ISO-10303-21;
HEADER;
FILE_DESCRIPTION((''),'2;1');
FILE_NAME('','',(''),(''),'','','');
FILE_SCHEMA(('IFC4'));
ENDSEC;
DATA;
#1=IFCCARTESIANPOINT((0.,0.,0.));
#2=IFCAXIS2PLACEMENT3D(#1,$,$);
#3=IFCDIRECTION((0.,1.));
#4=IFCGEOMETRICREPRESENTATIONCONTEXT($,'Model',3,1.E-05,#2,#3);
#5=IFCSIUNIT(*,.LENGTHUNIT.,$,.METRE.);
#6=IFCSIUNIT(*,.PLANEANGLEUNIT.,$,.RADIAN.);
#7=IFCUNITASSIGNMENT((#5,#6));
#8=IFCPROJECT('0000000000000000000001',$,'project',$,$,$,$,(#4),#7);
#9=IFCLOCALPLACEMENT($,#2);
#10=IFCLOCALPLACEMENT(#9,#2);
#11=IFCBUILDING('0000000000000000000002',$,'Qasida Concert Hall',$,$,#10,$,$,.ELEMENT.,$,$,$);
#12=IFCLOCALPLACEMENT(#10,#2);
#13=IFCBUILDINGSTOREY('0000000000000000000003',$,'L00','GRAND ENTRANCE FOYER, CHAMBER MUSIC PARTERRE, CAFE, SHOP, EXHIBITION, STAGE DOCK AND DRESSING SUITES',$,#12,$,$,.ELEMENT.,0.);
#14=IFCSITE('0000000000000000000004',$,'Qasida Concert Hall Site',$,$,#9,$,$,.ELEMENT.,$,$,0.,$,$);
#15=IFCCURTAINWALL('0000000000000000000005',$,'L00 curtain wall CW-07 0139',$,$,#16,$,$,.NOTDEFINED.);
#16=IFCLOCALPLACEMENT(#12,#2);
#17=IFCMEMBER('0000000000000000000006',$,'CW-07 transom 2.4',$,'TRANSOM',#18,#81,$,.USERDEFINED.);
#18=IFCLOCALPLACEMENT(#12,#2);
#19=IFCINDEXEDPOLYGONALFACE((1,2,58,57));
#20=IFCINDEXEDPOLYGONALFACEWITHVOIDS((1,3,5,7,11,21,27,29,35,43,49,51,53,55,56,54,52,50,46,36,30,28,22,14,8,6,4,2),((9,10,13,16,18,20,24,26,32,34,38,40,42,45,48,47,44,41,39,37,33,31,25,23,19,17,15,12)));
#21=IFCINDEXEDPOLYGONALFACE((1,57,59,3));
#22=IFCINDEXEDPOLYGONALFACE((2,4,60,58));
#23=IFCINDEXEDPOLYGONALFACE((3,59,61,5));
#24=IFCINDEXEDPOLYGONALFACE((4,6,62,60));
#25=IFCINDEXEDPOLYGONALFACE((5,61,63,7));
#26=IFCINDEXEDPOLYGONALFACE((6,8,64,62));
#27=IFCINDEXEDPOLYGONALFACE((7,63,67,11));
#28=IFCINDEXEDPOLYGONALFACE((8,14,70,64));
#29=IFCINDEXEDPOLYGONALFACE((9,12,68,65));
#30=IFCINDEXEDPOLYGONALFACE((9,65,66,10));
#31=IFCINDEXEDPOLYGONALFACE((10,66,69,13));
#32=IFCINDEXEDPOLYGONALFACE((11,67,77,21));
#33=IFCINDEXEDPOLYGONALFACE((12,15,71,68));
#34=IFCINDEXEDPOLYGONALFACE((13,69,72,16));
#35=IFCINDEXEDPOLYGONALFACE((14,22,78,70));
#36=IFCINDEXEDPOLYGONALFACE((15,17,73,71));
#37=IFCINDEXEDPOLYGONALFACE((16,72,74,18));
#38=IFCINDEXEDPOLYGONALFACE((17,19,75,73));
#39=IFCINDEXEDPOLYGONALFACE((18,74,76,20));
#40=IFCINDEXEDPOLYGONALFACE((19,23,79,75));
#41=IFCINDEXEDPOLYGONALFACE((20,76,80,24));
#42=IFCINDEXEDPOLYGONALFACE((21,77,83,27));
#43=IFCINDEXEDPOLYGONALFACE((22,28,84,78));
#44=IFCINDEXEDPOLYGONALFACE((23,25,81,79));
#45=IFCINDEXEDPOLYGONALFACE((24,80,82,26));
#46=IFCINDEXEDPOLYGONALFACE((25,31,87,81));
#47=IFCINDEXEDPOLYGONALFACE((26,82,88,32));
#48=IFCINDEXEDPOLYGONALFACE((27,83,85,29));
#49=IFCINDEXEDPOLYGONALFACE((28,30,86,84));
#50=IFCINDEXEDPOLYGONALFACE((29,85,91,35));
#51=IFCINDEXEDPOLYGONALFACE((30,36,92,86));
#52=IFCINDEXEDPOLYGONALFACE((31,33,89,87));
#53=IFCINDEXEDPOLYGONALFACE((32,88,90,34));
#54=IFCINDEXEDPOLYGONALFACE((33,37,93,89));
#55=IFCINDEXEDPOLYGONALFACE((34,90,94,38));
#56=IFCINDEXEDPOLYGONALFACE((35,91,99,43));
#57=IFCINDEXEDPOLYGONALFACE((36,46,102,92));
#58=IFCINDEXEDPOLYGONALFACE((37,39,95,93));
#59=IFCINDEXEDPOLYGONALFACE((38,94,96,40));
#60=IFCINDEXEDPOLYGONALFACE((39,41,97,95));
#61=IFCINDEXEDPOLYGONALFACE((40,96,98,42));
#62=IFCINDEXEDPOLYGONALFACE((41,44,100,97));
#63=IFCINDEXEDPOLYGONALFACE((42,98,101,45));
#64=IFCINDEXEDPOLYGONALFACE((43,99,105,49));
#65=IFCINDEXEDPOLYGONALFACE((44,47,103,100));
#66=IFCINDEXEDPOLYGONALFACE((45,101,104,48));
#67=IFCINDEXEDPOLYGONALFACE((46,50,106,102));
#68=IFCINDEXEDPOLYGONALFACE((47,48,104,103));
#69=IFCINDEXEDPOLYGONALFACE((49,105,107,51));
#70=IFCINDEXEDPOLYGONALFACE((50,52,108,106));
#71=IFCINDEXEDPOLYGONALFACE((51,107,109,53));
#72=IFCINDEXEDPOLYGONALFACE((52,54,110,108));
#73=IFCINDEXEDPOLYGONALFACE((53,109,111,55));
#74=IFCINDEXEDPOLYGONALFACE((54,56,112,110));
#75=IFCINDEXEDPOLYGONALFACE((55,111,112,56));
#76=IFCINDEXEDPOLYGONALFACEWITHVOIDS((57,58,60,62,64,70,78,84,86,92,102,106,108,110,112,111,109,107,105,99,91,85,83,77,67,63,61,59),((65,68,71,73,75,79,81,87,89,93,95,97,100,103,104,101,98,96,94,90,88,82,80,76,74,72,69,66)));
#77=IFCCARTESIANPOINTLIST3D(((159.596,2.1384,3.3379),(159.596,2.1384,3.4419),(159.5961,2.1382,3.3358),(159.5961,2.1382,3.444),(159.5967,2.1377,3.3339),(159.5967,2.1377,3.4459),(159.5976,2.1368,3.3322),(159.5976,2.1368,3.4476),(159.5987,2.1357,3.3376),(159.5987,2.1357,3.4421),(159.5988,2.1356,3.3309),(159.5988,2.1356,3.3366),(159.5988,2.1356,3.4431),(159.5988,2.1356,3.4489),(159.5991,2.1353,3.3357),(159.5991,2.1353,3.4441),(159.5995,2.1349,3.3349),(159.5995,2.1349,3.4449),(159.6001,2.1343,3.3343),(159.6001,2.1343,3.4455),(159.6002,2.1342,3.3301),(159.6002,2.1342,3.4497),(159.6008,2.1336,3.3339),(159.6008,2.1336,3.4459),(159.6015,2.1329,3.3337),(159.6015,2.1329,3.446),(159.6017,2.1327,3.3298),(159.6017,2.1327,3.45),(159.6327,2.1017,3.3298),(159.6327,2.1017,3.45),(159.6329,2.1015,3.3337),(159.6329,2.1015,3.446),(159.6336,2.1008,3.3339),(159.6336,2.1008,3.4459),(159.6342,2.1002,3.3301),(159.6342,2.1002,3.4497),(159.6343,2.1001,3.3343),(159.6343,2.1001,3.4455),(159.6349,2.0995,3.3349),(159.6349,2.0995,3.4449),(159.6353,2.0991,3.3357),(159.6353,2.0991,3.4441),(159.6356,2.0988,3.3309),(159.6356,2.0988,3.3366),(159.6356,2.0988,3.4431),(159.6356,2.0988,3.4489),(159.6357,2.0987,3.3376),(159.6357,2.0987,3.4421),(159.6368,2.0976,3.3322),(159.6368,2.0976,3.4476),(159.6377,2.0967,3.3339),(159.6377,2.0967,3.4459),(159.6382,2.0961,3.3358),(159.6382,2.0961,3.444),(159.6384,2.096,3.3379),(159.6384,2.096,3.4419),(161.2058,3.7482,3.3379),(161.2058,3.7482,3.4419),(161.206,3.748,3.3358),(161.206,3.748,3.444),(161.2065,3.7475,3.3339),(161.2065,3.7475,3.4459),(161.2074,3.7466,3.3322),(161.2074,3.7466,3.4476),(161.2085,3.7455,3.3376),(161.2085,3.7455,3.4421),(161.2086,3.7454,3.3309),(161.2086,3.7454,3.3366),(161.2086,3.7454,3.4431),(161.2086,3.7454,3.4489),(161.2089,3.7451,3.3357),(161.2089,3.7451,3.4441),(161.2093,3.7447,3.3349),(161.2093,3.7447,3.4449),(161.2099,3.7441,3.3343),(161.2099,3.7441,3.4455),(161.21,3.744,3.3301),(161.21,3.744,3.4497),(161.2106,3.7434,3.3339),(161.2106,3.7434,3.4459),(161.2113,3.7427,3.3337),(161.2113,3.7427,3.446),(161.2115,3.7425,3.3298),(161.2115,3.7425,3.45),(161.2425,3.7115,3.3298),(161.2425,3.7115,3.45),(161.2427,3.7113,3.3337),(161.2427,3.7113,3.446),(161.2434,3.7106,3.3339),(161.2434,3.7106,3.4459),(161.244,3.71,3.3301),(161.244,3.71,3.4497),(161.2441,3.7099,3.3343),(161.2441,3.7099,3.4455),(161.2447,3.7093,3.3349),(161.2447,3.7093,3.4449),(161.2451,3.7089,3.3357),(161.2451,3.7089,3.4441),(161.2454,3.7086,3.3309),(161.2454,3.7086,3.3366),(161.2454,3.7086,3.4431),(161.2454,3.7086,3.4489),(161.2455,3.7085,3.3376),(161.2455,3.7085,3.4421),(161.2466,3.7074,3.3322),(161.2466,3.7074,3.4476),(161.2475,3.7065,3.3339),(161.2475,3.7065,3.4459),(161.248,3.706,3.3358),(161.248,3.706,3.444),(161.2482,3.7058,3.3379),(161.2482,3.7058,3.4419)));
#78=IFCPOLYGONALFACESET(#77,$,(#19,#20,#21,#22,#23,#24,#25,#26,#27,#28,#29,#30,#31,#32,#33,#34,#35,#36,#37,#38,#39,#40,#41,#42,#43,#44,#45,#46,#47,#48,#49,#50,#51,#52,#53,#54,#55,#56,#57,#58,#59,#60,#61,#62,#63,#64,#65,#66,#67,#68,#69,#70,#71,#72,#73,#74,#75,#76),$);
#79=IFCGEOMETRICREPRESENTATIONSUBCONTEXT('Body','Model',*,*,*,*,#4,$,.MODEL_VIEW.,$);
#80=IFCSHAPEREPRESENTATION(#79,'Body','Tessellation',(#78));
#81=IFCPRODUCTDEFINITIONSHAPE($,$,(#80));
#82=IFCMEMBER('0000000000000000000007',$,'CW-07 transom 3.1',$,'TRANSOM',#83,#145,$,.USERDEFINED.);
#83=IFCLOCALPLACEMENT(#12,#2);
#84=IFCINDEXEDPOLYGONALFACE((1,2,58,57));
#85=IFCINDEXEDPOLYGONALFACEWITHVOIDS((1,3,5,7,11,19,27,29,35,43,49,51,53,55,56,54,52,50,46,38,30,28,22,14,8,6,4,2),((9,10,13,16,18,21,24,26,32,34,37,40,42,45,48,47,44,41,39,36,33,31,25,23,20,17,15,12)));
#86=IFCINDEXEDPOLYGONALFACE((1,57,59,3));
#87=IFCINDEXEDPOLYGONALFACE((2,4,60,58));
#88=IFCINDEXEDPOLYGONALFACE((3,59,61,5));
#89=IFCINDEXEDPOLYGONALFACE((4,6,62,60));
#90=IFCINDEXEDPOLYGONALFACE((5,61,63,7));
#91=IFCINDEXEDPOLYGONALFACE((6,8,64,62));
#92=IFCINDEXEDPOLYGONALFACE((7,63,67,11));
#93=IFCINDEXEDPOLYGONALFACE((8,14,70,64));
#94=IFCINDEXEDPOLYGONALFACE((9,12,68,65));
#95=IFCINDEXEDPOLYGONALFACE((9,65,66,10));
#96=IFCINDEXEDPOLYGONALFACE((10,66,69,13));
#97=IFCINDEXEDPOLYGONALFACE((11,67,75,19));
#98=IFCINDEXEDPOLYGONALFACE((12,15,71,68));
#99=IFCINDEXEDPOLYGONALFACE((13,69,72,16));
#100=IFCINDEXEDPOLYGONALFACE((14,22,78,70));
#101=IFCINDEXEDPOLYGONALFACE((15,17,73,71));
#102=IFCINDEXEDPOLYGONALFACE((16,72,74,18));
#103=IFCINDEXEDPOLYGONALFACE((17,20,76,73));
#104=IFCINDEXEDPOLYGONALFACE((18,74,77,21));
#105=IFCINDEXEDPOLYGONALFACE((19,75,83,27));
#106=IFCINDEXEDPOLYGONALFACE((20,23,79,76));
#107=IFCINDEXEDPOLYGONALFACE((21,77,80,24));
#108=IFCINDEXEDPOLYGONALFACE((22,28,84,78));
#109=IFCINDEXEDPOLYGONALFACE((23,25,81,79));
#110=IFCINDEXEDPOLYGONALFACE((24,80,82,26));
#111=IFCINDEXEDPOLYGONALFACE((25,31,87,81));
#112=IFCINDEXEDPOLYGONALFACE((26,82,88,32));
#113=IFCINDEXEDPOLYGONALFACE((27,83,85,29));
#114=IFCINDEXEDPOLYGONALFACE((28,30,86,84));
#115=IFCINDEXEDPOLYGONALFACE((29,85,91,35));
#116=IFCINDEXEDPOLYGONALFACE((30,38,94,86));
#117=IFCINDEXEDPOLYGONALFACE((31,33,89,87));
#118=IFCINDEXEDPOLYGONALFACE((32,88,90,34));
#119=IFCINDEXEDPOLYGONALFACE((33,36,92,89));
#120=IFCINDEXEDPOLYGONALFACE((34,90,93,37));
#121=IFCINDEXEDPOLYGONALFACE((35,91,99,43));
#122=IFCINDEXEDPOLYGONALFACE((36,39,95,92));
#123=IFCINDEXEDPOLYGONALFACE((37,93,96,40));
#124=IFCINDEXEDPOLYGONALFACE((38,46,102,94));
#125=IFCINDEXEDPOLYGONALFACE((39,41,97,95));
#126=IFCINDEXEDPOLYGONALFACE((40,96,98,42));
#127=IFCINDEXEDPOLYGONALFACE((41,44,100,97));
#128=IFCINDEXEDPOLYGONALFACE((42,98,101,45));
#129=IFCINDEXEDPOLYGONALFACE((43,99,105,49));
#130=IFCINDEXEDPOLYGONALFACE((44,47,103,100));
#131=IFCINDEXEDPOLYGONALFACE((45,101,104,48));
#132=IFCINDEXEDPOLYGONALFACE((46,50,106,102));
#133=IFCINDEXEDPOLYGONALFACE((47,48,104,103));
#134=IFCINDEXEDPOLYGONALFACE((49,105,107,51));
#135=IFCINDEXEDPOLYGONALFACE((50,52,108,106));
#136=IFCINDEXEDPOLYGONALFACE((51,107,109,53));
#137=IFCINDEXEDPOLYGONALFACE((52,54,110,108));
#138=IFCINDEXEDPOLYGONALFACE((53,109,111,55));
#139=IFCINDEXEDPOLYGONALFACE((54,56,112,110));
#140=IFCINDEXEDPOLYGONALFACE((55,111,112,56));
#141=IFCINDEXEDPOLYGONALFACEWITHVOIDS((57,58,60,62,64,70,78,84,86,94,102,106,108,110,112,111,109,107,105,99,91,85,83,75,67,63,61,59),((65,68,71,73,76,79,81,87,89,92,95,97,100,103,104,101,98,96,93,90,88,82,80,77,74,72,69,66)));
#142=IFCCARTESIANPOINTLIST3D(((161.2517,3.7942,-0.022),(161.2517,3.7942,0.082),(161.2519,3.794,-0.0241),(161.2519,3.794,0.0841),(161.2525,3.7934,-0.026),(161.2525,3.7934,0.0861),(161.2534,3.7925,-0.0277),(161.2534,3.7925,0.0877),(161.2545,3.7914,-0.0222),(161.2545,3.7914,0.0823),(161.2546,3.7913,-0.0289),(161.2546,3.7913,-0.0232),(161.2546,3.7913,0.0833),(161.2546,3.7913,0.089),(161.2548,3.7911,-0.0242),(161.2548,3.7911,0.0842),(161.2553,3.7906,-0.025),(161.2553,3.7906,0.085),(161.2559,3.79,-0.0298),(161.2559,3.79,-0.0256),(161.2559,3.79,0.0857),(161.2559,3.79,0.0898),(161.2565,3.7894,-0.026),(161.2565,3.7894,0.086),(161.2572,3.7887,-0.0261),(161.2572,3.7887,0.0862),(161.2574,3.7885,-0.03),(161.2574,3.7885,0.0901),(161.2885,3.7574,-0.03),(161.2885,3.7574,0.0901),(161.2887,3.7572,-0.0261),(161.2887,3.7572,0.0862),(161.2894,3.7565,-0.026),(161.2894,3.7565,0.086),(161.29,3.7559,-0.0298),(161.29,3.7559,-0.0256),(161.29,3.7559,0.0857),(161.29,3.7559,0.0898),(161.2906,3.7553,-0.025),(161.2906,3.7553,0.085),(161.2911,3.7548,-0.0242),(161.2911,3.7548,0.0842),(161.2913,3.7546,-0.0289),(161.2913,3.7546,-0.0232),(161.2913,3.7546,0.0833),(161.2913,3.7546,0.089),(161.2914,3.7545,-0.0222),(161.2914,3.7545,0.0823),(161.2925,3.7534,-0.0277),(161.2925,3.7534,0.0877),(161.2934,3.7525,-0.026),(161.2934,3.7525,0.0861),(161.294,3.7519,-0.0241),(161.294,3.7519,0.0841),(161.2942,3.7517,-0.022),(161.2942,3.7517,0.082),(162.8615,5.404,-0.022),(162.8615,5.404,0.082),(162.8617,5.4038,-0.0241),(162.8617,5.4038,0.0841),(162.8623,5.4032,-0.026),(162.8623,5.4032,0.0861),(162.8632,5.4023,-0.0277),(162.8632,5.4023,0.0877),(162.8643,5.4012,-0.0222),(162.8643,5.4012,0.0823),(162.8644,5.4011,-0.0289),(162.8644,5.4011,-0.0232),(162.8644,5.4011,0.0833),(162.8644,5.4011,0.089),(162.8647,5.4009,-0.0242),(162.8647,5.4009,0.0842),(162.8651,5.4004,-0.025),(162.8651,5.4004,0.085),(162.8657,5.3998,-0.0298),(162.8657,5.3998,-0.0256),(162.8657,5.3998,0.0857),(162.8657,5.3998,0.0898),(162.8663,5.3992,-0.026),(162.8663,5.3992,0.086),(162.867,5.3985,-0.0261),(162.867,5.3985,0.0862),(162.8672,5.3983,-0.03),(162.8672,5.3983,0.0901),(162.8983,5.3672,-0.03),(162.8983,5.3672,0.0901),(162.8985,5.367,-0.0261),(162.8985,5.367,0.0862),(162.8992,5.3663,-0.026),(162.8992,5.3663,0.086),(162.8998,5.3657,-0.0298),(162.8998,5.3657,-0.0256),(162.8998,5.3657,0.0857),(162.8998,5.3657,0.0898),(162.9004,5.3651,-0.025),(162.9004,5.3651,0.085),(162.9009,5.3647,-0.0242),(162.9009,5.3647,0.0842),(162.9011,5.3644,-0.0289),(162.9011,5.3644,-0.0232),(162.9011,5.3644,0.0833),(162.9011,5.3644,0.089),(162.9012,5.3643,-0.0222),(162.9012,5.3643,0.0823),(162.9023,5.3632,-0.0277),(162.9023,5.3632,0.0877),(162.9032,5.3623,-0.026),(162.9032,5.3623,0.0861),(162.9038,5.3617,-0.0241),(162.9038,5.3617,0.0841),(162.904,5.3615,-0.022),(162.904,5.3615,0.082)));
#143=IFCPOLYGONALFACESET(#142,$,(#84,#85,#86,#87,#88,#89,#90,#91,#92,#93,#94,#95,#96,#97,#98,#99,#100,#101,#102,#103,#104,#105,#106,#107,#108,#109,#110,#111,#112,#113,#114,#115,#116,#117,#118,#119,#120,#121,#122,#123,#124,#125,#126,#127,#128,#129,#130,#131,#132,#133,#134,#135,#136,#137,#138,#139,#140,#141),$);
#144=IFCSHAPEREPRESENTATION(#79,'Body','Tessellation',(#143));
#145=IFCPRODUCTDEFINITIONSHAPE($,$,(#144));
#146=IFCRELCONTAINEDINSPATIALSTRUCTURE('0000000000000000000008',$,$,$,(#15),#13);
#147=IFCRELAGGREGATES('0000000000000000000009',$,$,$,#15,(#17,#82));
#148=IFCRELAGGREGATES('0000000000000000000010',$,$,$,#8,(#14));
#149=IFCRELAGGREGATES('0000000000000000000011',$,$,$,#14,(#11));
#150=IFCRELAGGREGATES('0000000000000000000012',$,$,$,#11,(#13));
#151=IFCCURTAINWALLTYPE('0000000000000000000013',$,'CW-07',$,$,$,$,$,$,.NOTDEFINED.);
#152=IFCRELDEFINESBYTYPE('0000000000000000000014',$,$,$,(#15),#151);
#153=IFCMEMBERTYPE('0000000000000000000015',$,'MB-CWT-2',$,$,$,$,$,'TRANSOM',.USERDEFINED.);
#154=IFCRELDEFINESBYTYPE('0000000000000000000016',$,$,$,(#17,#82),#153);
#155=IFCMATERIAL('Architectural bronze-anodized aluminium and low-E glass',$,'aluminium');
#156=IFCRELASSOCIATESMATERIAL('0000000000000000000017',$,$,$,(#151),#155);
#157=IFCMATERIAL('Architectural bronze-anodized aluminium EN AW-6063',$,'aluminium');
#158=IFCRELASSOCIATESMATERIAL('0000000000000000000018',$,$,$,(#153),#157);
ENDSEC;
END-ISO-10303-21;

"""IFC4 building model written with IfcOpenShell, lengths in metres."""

from ifc_helpers import new_model, si_unit, direction, frame, origin, origin_2d, place, context, subcontext, project, spatial, hollow_rectangle, extrude, material, material_profile, profile_set, type_object, element, aggregate, save


model = new_model("IFC4")

# Units and contexts
model_context = context("Model", 3, precision=1e-05, world=origin(), true_north=direction((0.0, 1.0)))
body_context = subcontext(model_context, "Body", "Model", "MODEL_VIEW")
ifc_project = project(units=[si_unit("LENGTHUNIT", "METRE"), si_unit("PLANEANGLEUNIT", "RADIAN")], contexts=[model_context])

# Site, building, storey
site_placement = place(None, origin())
site = spatial("IfcSite", under=ifc_project, at=site_placement, Name="Qasida Concert Hall Site", CompositionType="ELEMENT", RefElevation=0.0)
building_placement = place(site_placement, origin())
building = spatial("IfcBuilding", under=site, at=building_placement, Name="Qasida Concert Hall", CompositionType="ELEMENT")
storey_placement = place(building_placement, origin())
storey = spatial("IfcBuildingStorey", under=building, at=storey_placement, Name="L00", Description="GRAND ENTRANCE FOYER, CHAMBER MUSIC PARTERRE, CAFE, SHOP, EXHIBITION, STAGE DOCK AND DRESSING SUITES", CompositionType="ELEMENT", Elevation=0.0)

# Curtain wall, members
ifc_material_1 = material(Name="Architectural bronze-anodized aluminium and low-E glass", Category="aluminium")
curtain_wall_type = type_object("IfcCurtainWallType", Name="CW-07", PredefinedType="NOTDEFINED", material=ifc_material_1)
curtain_wall_placement = place(storey_placement, origin())
curtain_wall = element("IfcCurtainWall", 1, at=curtain_wall_placement, inside=storey, type_object=curtain_wall_type, Name="L00 curtain wall CW-07 0139", PredefinedType="NOTDEFINED")
ifc_material_2 = material(Name="Architectural bronze-anodized aluminium EN AW-6063", Category="aluminium")
ifc_material_profile_1 = material_profile(ifc_material_2, hollow_rectangle(XDim=0.0601, YDim=0.1201, WallThickness=0.0039, InnerFilletRadius=0.0039, OuterFilletRadius=0.0081, at=origin_2d()), Name="CWT 120x60x4")
ifc_profile_set_1 = profile_set([ifc_material_profile_1], Name="Architectural bronze-anodized aluminium EN AW-6063")
member_type_1 = type_object("IfcMemberType", Name="MB-CWT-2", ElementType="TRANSOM", PredefinedType="USERDEFINED", material=ifc_profile_set_1)
member_1_placement = place(storey_placement, frame((159.6172, 2.1172, 3.3899), z_axis=(0.707107, 0.707107, 0.0), x_axis=(-0.707107, 0.707107, 0.0)))
member_1 = element("IfcMember", 2, at=member_1_placement, type_object=member_type_1, Name="CW-07 transom 2.4", ObjectType="TRANSOM", PredefinedType="USERDEFINED", context=body_context, shape_type="SweptSolid", body=[
    extrude(hollow_rectangle(XDim=0.0601, YDim=0.1201, WallThickness=0.0039, InnerFilletRadius=0.0039, OuterFilletRadius=0.0081, at=origin_2d()), origin(), (0.0, 0.0, 1.0), 2.2766),
])
member_2_placement = place(storey_placement, frame((161.2729, 3.7729, 0.03), z_axis=(0.707107, 0.707107, 0.0), x_axis=(-0.707107, 0.707107, 0.0)))
member_2 = element("IfcMember", 3, at=member_2_placement, type_object=member_type_1, Name="CW-07 transom 3.1", ObjectType="TRANSOM", PredefinedType="USERDEFINED", context=body_context, shape_type="SweptSolid", body=[
    extrude(hollow_rectangle(XDim=0.0601, YDim=0.1201, WallThickness=0.0039, InnerFilletRadius=0.0039, OuterFilletRadius=0.0081, at=origin_2d()), origin(), (0.0, 0.0, 1.0), 2.2766),
])
aggregate(curtain_wall, [member_1, member_2])

save(model, "model.ifc")
